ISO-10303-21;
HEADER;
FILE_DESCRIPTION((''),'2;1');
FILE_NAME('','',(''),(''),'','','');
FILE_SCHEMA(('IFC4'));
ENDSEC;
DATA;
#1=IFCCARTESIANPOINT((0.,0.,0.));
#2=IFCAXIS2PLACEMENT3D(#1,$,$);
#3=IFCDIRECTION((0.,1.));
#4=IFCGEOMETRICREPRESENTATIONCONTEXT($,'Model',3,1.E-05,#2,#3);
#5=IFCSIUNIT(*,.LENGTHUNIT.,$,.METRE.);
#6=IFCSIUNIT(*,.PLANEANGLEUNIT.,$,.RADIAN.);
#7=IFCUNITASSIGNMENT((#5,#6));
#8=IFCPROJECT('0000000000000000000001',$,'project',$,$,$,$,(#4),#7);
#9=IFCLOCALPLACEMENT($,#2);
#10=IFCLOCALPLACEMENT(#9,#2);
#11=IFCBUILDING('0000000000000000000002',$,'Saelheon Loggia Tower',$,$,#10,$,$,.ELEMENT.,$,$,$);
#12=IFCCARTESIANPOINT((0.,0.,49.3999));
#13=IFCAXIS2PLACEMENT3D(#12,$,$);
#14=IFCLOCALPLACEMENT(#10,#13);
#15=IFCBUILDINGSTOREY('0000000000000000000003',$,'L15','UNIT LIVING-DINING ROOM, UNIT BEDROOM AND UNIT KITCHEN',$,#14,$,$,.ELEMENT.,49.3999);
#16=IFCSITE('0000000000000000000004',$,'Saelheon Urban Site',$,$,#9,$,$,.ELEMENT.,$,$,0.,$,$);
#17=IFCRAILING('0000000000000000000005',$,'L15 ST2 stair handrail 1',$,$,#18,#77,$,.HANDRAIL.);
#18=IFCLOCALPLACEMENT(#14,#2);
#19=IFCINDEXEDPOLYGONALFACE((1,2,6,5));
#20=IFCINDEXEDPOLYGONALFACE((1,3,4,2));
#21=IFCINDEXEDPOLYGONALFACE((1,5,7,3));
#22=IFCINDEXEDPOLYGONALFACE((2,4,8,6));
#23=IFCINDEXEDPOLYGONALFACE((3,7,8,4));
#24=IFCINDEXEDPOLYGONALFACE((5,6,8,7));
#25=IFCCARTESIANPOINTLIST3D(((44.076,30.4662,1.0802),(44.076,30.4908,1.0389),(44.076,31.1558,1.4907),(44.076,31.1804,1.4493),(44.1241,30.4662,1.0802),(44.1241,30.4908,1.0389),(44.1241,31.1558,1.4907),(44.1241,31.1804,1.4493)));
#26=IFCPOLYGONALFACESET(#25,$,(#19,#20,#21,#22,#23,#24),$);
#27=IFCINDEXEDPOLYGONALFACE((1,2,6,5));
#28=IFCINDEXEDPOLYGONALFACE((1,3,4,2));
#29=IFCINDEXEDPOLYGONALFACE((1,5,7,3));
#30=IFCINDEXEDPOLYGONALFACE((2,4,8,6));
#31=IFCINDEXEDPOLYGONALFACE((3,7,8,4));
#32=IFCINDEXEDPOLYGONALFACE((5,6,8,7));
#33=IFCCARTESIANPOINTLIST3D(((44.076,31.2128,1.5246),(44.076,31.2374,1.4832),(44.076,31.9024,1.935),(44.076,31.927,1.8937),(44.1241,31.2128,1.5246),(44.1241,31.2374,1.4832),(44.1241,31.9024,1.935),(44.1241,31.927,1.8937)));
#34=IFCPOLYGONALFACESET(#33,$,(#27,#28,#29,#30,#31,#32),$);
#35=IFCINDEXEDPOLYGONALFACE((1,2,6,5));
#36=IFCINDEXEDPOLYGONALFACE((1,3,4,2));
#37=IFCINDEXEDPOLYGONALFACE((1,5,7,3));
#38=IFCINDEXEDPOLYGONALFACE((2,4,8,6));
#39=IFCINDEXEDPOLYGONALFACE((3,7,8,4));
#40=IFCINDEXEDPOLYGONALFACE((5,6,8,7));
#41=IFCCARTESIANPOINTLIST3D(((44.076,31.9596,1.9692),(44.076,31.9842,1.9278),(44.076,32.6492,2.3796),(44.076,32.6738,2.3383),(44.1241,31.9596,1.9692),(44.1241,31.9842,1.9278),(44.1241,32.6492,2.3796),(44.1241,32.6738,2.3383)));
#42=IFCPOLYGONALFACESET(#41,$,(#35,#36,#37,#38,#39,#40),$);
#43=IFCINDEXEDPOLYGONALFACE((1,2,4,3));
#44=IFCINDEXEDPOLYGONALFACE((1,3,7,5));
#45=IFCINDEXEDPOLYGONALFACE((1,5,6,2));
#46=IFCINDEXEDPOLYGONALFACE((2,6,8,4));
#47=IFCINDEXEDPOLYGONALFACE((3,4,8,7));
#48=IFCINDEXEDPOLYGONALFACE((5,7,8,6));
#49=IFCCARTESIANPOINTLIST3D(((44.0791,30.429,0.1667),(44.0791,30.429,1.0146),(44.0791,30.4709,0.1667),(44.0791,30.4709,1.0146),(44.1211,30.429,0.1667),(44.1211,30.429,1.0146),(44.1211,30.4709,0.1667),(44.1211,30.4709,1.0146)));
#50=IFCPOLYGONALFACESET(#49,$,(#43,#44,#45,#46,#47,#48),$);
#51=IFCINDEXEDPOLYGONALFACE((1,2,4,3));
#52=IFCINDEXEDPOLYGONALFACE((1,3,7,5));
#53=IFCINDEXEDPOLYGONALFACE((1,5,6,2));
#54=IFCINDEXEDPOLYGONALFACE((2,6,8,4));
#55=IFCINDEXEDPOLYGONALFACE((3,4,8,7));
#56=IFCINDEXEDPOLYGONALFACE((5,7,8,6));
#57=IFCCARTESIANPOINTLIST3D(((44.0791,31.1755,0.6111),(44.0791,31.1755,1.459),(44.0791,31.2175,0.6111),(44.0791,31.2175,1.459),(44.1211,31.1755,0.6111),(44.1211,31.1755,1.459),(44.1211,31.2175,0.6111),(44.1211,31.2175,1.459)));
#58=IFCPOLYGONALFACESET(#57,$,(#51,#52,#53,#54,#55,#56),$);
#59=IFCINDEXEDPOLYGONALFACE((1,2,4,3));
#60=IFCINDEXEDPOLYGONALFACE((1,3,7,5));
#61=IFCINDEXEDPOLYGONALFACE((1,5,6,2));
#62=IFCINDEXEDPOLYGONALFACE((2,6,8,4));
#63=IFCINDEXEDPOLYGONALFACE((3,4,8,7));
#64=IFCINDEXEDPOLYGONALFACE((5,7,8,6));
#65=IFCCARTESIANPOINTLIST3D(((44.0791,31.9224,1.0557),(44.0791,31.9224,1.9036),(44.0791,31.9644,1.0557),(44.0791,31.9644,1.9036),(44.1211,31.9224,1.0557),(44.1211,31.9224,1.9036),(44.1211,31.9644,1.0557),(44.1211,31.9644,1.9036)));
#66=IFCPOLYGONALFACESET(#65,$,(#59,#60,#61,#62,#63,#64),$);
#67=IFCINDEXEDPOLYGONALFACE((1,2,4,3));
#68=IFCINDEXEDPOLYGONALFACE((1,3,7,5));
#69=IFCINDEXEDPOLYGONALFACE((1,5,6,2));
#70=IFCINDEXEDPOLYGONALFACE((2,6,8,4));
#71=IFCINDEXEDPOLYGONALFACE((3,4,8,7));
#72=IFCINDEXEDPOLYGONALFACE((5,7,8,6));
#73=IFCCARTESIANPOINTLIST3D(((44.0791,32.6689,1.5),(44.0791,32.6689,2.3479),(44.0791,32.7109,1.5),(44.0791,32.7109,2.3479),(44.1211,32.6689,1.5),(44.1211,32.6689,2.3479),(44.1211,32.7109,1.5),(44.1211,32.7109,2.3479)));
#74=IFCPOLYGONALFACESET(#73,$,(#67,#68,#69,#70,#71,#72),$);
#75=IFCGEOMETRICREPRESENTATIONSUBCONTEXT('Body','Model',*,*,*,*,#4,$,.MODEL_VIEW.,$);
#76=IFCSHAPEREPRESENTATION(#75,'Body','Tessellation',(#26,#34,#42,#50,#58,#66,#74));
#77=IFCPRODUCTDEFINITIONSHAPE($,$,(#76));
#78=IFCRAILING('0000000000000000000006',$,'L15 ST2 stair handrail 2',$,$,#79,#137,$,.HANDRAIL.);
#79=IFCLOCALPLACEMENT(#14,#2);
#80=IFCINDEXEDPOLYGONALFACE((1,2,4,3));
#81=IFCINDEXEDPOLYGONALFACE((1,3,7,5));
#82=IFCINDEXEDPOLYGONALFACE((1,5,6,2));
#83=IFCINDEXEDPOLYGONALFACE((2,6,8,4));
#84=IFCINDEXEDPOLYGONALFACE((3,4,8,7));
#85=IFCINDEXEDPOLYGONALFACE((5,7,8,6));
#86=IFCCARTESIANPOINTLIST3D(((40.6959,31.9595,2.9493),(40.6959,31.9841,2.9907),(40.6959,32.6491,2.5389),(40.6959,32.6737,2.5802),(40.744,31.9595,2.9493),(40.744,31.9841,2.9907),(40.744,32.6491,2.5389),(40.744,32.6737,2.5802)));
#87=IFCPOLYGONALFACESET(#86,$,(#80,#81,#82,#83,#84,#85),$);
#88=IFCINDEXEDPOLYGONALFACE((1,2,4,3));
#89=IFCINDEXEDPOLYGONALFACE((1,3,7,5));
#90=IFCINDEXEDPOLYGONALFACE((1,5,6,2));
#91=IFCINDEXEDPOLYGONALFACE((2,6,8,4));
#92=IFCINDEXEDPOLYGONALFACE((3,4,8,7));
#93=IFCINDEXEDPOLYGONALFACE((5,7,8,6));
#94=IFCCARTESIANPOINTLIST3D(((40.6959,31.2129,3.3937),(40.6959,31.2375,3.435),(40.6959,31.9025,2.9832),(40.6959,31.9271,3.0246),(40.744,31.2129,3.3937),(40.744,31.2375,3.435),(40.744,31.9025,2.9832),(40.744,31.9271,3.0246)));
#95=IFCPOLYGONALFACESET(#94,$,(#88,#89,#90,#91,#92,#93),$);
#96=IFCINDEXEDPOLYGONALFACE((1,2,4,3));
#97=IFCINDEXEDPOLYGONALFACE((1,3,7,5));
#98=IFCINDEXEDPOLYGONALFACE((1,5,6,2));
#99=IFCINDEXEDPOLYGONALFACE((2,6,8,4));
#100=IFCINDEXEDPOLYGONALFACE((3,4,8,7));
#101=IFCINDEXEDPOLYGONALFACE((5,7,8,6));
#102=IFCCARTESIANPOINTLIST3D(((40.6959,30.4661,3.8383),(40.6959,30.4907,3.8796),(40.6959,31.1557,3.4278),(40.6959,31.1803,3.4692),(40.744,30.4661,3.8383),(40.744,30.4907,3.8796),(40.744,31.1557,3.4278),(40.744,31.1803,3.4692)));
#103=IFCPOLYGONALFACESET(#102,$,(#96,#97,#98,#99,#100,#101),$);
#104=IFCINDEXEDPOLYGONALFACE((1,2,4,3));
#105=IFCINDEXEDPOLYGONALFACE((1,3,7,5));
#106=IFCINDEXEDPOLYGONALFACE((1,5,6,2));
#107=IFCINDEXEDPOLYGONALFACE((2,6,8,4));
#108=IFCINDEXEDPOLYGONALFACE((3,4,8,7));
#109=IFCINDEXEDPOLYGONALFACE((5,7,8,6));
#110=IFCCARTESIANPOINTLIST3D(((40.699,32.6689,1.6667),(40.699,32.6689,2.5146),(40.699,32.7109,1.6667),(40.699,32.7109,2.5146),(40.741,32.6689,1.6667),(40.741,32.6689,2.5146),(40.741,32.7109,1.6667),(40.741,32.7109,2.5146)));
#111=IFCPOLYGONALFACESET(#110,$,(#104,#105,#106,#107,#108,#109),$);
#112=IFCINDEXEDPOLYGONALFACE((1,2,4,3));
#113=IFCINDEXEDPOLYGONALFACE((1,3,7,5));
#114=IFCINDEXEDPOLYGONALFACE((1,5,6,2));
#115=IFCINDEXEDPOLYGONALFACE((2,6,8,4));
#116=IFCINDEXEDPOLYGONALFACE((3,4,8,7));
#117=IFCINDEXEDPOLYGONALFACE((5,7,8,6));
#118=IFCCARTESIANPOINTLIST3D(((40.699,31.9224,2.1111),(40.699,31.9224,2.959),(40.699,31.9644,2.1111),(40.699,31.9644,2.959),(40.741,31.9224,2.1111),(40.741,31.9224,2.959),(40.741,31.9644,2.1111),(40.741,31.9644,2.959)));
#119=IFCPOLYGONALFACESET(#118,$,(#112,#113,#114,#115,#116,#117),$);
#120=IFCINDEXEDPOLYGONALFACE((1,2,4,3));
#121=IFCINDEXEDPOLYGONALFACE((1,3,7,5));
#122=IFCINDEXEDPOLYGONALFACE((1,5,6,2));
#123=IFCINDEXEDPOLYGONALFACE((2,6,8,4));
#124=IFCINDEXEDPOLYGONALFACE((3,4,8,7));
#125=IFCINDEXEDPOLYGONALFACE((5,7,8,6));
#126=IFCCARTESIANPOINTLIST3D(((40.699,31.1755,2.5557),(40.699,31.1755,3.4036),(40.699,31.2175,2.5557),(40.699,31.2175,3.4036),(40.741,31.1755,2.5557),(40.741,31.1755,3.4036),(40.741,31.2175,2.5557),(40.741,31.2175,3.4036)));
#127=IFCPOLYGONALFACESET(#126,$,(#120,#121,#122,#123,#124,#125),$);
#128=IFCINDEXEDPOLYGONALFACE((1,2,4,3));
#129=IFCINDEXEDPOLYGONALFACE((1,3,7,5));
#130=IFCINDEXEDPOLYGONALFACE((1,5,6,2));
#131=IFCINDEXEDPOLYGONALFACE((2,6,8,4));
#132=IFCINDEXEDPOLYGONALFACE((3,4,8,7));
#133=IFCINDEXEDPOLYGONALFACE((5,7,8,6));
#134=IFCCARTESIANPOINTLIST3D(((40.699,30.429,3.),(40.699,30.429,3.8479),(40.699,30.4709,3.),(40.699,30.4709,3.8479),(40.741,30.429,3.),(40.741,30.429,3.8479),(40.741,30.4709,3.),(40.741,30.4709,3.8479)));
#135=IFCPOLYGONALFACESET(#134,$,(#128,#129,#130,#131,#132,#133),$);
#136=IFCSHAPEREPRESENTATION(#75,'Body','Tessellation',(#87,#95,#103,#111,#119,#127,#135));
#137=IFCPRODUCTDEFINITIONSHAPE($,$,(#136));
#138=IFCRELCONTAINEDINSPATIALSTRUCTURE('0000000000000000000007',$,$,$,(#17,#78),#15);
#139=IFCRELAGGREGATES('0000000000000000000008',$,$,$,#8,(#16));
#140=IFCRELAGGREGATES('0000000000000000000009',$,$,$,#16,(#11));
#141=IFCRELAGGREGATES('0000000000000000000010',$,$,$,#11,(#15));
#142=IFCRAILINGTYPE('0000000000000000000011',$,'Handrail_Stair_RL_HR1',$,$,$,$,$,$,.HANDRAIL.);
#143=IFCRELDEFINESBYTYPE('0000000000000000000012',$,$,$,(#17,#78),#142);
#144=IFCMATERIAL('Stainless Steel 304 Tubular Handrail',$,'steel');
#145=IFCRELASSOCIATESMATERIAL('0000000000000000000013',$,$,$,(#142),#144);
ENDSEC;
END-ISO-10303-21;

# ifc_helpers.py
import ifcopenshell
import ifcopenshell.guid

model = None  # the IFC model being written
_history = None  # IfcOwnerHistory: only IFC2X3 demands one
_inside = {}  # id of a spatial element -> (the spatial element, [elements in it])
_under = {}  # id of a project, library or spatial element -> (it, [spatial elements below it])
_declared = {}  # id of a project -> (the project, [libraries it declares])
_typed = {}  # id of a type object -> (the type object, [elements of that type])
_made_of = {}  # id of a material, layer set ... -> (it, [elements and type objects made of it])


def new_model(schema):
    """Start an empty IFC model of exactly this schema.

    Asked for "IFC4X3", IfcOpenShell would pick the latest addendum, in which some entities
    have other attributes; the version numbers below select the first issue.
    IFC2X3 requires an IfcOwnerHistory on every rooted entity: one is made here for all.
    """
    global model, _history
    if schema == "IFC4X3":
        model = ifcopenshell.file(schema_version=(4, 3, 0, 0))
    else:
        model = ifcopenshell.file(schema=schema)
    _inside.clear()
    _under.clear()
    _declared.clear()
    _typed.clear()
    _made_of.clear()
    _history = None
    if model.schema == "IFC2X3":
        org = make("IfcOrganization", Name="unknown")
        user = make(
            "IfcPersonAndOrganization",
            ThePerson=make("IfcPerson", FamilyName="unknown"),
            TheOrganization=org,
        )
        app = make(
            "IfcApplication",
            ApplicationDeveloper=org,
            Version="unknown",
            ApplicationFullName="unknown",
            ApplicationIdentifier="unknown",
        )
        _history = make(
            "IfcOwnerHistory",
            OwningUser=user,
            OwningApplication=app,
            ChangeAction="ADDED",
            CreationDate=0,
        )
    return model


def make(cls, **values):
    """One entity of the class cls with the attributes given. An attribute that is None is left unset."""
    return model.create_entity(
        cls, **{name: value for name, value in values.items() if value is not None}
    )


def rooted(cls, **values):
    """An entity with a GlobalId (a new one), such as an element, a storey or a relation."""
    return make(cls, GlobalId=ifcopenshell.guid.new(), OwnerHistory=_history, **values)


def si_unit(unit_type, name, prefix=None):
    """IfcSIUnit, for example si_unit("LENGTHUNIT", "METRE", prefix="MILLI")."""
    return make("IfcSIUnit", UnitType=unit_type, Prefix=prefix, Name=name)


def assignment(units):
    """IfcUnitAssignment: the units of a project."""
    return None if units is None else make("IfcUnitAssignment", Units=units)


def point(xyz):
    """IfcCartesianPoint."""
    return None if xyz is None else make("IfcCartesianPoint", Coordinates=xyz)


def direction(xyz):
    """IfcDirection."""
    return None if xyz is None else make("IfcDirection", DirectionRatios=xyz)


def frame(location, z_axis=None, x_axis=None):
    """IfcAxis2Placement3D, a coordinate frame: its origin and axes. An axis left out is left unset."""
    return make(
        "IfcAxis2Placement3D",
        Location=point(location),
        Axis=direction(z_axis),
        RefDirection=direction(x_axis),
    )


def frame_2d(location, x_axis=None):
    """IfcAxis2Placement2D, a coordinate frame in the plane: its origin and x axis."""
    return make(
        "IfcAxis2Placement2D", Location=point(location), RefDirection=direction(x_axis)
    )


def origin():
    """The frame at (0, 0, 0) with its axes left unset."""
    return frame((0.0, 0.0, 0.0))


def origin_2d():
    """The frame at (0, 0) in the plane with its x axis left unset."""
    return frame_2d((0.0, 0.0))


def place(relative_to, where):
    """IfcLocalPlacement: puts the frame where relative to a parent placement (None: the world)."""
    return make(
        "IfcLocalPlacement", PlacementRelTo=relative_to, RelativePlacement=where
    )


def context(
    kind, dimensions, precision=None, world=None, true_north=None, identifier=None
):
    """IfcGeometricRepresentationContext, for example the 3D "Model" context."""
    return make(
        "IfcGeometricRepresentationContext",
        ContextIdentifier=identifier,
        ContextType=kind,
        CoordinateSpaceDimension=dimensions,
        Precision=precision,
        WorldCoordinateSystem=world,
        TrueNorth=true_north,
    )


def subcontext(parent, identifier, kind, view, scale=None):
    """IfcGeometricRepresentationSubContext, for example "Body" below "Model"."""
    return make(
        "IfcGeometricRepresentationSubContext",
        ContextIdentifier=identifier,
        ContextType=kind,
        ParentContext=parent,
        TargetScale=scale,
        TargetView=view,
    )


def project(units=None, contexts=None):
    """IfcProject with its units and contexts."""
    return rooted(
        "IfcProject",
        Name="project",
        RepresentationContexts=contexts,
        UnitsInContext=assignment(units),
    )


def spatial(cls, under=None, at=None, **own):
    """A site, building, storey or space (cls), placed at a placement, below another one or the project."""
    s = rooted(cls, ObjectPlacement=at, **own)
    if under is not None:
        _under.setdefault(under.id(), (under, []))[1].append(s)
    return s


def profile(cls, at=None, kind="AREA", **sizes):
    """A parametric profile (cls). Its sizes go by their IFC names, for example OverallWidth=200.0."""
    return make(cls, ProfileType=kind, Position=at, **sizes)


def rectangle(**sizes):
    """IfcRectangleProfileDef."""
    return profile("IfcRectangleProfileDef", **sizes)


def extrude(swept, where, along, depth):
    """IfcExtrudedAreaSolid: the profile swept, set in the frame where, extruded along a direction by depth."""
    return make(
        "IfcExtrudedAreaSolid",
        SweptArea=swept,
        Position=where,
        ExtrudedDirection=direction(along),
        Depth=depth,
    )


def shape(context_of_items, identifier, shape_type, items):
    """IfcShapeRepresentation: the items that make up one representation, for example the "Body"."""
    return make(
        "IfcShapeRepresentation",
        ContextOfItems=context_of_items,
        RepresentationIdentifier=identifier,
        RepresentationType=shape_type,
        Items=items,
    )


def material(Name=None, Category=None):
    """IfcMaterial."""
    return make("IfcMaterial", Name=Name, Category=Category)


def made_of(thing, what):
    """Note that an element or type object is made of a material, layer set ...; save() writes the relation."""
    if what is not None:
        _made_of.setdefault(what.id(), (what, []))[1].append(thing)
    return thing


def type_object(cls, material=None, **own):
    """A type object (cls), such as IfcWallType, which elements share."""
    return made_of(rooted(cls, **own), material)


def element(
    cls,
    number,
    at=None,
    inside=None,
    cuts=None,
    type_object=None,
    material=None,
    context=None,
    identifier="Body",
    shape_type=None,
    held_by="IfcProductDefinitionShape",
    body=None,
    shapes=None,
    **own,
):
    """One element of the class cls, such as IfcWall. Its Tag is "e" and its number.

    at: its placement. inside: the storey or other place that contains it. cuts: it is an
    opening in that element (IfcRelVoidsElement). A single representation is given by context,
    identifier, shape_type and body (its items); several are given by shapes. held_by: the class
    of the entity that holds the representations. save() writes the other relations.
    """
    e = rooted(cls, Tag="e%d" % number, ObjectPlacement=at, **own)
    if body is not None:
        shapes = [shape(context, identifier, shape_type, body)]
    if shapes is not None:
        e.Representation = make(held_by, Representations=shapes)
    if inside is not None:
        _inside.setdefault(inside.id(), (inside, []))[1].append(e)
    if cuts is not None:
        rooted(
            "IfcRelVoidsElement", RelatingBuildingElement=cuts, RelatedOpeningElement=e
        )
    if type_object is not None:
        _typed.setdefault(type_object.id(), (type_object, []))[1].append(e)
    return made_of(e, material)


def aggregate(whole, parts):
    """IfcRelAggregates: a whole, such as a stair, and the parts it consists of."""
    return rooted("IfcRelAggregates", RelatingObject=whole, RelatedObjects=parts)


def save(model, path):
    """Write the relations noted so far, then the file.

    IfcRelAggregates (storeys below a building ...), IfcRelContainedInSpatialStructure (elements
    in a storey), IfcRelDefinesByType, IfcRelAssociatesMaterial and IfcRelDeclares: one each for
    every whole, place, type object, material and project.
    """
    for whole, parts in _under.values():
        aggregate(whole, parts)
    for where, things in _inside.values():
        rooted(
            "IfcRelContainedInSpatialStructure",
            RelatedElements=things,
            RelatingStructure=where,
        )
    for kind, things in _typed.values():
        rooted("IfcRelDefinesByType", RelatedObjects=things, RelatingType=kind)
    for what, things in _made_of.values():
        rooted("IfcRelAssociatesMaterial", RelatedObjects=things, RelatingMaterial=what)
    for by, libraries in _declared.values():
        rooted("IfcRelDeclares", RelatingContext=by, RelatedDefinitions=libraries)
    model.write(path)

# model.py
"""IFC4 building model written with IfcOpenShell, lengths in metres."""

from ifc_helpers import new_model, si_unit, direction, frame, origin, origin_2d, place, context, subcontext, project, spatial, rectangle, extrude, material, type_object, element, save


model = new_model("IFC4")

# Units and contexts
model_context = context("Model", 3, precision=1e-05, world=origin(), true_north=direction((0.0, 1.0)))
body_context = subcontext(model_context, "Body", "Model", "MODEL_VIEW")
ifc_project = project(units=[si_unit("LENGTHUNIT", "METRE"), si_unit("PLANEANGLEUNIT", "RADIAN")], contexts=[model_context])

# Site, building, storey
site_placement = place(None, origin())
site = spatial("IfcSite", under=ifc_project, at=site_placement, Name="Saelheon Urban Site", CompositionType="ELEMENT", RefElevation=0.0)
building_placement = place(site_placement, origin())
building = spatial("IfcBuilding", under=site, at=building_placement, Name="Saelheon Loggia Tower", CompositionType="ELEMENT")
storey_placement = place(building_placement, frame((0.0, 0.0, 49.3999)))
storey = spatial("IfcBuildingStorey", under=building, at=storey_placement, Name="L15", Description="UNIT LIVING-DINING ROOM, UNIT BEDROOM AND UNIT KITCHEN", CompositionType="ELEMENT", Elevation=49.3999)

# Railings
ifc_material_1 = material(Name="Stainless Steel 304 Tubular Handrail", Category="steel")
railing_type_1 = type_object("IfcRailingType", Name="Handrail_Stair_RL_HR1", PredefinedType="HANDRAIL", material=ifc_material_1)
railing_1_placement = place(storey_placement, frame((44.1001, 30.45, 0.1667)))
element("IfcRailing", 1, at=railing_1_placement, inside=storey, type_object=railing_type_1, Name="L15 ST2 stair handrail 1", PredefinedType="HANDRAIL", context=body_context, shape_type="SweptSolid", body=[
    extrude(rectangle(XDim=0.0481, YDim=0.0481, at=origin_2d()), frame((0.0, 0.0286, 0.8928), z_axis=(0.0, 0.859306, 0.511462), x_axis=(-1.0, 0.0, 0.0)), (0.0, 0.0, 1.0), 0.8025),
    extrude(rectangle(XDim=0.0481, YDim=0.0481, at=origin_2d()), frame((0.0, 0.7751, 1.3372), z_axis=(0.0, 0.859306, 0.511462), x_axis=(-1.0, 0.0, 0.0)), (0.0, 0.0, 1.0), 0.8025),
    extrude(rectangle(XDim=0.0481, YDim=0.0481, at=origin_2d()), frame((0.0, 1.522, 1.7817), z_axis=(0.0, 0.859306, 0.511462), x_axis=(-1.0, 0.0, 0.0)), (0.0, 0.0, 1.0), 0.8025),
    extrude(rectangle(XDim=0.042, YDim=0.042, at=origin_2d()), origin(), (0.0, 0.0, 1.0), 0.8479),
    extrude(rectangle(XDim=0.042, YDim=0.042, at=origin_2d()), frame((0.0, 0.7466, 0.4443)), (0.0, 0.0, 1.0), 0.8479),
    extrude(rectangle(XDim=0.042, YDim=0.042, at=origin_2d()), frame((0.0, 1.4934, 0.8889)), (0.0, 0.0, 1.0), 0.8479),
    extrude(rectangle(XDim=0.042, YDim=0.042, at=origin_2d()), frame((0.0, 2.24, 1.3333)), (0.0, 0.0, 1.0), 0.8479),
])
railing_2_placement = place(storey_placement, frame((40.72, 32.6899, 1.6667)))
element("IfcRailing", 2, at=railing_2_placement, inside=storey, type_object=railing_type_1, Name="L15 ST2 stair handrail 2", PredefinedType="HANDRAIL", context=body_context, shape_type="SweptSolid", body=[
    extrude(rectangle(XDim=0.0481, YDim=0.0481, at=origin_2d()), frame((0.0, -0.0286, 0.8928), z_axis=(0.0, -0.859306, 0.511462), x_axis=(1.0, 0.0, 0.0)), (0.0, 0.0, 1.0), 0.8025),
    extrude(rectangle(XDim=0.0481, YDim=0.0481, at=origin_2d()), frame((0.0, -0.7751, 1.3372), z_axis=(0.0, -0.859306, 0.511462), x_axis=(1.0, 0.0, 0.0)), (0.0, 0.0, 1.0), 0.8025),
    extrude(rectangle(XDim=0.0481, YDim=0.0481, at=origin_2d()), frame((0.0, -1.522, 1.7817), z_axis=(0.0, -0.859306, 0.511462), x_axis=(1.0, 0.0, 0.0)), (0.0, 0.0, 1.0), 0.8025),
    extrude(rectangle(XDim=0.042, YDim=0.042, at=origin_2d()), origin(), (0.0, 0.0, 1.0), 0.8479),
    extrude(rectangle(XDim=0.042, YDim=0.042, at=origin_2d()), frame((0.0, -0.7466, 0.4443)), (0.0, 0.0, 1.0), 0.8479),
    extrude(rectangle(XDim=0.042, YDim=0.042, at=origin_2d()), frame((0.0, -1.4934, 0.8889)), (0.0, 0.0, 1.0), 0.8479),
    extrude(rectangle(XDim=0.042, YDim=0.042, at=origin_2d()), frame((0.0, -2.24, 1.3333)), (0.0, 0.0, 1.0), 0.8479),
])

save(model, "model.ifc")
